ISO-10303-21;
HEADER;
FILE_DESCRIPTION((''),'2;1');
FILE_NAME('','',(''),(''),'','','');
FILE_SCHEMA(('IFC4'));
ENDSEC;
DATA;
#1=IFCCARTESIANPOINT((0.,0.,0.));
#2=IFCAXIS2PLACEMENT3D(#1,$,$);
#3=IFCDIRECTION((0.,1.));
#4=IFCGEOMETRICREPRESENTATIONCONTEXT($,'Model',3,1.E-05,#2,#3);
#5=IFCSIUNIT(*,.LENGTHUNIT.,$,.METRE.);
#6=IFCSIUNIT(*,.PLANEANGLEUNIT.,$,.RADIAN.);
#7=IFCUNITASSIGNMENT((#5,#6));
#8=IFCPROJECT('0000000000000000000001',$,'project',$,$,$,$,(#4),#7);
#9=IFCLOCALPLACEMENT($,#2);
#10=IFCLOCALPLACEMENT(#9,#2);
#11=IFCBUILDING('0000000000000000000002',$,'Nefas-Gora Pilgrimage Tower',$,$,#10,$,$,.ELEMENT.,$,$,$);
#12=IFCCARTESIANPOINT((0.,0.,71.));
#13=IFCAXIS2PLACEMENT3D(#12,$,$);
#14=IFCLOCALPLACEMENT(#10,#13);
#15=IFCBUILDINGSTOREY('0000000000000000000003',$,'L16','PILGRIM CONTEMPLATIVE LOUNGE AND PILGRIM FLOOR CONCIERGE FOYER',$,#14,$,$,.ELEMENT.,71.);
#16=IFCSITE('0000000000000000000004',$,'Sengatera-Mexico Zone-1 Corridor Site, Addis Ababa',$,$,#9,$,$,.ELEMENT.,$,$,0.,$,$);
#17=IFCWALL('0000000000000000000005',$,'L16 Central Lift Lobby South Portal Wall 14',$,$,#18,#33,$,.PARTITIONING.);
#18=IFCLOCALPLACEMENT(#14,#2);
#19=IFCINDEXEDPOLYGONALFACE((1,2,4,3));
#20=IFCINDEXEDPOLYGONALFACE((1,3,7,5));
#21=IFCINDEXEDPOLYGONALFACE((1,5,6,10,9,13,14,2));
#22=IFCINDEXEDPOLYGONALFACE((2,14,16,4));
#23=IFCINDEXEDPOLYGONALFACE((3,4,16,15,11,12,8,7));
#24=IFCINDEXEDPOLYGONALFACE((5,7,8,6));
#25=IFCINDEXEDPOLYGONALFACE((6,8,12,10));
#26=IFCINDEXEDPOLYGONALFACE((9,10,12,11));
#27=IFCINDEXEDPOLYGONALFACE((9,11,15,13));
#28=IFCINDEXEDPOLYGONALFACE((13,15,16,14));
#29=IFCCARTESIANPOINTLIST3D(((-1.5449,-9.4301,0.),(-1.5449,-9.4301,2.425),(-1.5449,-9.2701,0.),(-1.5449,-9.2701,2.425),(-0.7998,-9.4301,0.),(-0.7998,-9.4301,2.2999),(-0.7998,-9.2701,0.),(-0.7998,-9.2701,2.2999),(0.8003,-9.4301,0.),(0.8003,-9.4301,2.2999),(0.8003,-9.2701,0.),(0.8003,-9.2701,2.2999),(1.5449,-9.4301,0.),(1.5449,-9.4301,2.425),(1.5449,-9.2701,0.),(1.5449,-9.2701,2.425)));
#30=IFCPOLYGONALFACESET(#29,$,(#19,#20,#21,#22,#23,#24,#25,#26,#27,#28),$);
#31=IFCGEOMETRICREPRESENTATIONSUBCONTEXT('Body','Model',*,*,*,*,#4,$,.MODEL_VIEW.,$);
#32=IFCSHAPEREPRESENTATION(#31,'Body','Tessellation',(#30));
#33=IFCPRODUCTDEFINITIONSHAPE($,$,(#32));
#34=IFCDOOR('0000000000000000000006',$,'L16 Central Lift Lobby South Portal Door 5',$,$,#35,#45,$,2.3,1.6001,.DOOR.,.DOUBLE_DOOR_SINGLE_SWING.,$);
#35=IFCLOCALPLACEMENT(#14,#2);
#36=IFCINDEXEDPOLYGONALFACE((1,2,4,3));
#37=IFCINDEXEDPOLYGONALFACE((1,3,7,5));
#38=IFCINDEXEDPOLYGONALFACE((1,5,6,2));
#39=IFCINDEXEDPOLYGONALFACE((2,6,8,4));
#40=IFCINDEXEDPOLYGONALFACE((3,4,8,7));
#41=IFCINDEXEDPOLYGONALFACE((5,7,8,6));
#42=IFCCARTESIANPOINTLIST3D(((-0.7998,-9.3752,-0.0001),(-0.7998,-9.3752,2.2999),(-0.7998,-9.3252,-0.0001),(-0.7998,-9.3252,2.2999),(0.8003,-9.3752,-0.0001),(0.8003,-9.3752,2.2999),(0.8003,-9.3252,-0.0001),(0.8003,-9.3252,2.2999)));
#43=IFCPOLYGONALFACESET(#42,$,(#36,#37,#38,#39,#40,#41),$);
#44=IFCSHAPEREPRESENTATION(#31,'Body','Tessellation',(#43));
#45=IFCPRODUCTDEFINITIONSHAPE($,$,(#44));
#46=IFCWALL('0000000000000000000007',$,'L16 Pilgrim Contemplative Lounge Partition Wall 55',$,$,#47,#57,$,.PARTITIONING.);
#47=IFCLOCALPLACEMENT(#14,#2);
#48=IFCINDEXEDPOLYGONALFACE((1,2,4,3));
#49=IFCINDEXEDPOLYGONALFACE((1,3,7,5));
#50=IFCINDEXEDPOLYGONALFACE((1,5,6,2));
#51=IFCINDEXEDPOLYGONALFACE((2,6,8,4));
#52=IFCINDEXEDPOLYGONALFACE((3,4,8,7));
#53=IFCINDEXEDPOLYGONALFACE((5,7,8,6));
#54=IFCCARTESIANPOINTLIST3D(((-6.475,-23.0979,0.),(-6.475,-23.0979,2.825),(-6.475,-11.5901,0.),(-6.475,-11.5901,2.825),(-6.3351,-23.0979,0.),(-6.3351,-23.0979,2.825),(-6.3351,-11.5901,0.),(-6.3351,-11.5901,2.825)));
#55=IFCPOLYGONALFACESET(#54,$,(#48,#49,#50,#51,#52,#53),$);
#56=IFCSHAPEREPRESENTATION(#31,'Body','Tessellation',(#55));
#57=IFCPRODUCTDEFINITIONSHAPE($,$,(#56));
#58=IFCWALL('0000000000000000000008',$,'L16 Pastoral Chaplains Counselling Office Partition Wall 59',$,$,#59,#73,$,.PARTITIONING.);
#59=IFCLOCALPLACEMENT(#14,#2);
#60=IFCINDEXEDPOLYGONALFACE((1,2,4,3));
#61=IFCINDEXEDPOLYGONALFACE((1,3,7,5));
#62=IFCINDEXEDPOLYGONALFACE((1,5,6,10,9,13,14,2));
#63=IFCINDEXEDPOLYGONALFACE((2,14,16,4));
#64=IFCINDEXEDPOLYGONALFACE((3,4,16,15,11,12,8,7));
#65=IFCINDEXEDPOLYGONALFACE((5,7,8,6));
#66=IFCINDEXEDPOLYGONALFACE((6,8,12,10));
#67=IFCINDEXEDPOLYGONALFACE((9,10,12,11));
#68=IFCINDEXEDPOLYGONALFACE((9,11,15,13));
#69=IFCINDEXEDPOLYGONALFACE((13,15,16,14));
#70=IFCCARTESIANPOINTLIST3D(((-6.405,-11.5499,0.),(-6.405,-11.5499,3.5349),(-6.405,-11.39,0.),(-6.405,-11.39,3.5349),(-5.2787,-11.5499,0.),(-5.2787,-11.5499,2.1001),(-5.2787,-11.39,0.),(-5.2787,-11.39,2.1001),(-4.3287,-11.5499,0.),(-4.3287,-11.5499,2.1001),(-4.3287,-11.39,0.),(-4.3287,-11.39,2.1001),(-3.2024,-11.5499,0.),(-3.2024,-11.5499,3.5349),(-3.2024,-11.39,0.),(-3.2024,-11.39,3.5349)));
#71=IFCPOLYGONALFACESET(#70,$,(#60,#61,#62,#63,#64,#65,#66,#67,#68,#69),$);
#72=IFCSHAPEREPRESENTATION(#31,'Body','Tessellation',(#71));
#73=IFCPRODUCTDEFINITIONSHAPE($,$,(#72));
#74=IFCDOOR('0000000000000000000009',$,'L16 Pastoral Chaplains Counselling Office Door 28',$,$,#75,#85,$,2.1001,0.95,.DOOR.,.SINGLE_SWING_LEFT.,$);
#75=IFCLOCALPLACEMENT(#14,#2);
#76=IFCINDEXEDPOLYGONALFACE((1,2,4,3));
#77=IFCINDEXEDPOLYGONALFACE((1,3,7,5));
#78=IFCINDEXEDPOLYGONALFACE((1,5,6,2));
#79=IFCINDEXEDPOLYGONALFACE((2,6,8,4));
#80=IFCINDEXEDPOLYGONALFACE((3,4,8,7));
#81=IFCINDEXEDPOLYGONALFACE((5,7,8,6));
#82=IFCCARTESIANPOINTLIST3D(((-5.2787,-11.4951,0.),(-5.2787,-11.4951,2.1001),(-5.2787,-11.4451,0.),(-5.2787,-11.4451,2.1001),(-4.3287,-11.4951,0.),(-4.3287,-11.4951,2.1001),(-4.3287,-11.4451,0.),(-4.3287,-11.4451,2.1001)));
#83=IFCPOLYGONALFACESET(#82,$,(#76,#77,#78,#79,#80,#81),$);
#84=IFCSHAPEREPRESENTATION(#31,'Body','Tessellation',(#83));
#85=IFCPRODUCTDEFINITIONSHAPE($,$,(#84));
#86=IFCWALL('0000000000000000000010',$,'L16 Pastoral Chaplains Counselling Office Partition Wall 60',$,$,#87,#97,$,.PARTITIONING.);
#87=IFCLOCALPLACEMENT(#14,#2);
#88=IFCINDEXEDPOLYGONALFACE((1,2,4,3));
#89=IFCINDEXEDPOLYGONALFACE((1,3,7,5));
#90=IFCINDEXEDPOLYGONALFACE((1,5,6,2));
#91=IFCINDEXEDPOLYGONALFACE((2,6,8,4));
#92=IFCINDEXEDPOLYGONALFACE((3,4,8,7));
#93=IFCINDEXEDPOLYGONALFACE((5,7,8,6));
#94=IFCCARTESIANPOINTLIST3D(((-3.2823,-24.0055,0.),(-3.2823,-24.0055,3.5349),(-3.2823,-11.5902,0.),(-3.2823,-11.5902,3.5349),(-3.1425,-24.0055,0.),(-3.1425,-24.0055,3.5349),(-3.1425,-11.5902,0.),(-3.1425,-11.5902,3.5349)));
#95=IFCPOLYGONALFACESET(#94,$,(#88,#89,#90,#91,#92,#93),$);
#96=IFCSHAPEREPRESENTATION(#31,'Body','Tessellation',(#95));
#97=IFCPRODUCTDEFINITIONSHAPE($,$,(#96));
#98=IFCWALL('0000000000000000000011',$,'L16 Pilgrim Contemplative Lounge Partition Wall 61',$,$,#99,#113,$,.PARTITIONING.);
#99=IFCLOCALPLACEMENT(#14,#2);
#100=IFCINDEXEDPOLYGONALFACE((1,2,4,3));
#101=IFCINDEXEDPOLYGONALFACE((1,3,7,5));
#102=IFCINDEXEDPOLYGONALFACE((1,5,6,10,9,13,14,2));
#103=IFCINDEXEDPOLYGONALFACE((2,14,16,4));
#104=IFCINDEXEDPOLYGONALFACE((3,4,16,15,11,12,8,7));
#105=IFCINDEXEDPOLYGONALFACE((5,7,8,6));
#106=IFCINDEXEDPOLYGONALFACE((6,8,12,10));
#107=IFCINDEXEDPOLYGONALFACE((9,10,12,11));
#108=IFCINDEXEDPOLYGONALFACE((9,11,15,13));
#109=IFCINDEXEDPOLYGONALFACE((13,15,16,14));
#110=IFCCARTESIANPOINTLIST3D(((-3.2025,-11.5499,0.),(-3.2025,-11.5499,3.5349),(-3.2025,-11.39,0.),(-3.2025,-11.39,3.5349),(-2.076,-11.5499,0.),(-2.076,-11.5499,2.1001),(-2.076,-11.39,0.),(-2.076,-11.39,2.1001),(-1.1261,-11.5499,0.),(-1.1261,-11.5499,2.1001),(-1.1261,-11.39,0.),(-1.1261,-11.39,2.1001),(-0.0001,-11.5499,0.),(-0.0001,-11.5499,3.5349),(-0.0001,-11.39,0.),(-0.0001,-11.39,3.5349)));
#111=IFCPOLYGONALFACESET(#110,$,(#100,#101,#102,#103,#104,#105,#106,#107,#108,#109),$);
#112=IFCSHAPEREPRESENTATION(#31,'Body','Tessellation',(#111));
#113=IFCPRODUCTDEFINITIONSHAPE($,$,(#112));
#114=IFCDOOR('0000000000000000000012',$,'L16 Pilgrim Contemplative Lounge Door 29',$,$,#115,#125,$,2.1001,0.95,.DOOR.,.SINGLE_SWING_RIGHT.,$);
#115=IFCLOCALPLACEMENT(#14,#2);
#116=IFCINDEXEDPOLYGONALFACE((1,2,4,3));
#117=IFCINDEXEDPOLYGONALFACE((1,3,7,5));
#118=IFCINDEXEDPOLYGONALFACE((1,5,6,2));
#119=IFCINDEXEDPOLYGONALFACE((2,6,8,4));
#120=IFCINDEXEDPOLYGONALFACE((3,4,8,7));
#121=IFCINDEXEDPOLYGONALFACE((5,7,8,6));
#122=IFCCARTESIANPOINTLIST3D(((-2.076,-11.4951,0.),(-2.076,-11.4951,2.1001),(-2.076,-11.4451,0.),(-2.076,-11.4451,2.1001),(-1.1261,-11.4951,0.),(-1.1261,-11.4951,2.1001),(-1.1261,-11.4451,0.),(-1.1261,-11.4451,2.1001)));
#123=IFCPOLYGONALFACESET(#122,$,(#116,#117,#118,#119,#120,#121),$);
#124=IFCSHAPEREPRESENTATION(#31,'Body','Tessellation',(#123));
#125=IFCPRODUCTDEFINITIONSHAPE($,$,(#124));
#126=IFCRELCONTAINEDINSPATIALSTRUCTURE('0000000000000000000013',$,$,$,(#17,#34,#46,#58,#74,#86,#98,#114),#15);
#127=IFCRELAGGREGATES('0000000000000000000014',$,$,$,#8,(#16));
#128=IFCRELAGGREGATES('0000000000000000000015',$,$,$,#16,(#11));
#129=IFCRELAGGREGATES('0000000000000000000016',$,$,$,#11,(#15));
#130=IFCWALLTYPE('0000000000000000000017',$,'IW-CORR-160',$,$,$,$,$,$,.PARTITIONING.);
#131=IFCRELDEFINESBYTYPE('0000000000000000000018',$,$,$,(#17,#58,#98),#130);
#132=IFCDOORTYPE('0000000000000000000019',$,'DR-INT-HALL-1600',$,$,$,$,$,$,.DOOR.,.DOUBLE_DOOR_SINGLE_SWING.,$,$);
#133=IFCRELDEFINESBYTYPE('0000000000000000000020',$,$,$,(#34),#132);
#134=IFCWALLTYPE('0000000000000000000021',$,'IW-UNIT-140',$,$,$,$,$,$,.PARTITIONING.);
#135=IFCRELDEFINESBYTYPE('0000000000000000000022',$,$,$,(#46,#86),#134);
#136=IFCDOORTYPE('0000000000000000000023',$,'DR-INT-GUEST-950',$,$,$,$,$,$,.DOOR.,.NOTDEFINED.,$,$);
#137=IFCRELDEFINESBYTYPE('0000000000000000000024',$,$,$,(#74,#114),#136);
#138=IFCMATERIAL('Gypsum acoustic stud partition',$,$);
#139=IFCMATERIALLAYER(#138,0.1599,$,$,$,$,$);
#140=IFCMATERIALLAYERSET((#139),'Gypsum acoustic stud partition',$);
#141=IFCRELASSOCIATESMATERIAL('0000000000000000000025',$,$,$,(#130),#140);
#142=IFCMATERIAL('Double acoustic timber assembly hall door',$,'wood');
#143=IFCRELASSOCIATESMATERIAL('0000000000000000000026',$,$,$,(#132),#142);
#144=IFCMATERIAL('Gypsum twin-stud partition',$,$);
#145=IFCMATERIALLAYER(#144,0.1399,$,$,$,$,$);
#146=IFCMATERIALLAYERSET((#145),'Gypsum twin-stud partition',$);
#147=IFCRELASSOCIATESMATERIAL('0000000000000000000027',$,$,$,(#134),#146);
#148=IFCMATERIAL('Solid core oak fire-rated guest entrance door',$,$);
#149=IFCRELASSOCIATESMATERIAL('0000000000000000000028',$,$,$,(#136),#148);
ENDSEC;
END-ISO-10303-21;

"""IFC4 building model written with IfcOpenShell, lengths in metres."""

from ifc_helpers import new_model, si_unit, direction, frame, frame_2d, origin, place, context, subcontext, project, spatial, rectangle, extrude, source, transform, mapped, material, layer, layer_set, type_object, element, fill, save


model = new_model("IFC4")

# Units and contexts
model_context = context("Model", 3, precision=1e-05, world=origin(), true_north=direction((0.0, 1.0)))
body_context = subcontext(model_context, "Body", "Model", "MODEL_VIEW")
ifc_project = project(units=[si_unit("LENGTHUNIT", "METRE"), si_unit("PLANEANGLEUNIT", "RADIAN")], contexts=[model_context])

# Site, building, storey
site_placement = place(None, origin())
site = spatial("IfcSite", under=ifc_project, at=site_placement, Name="Sengatera-Mexico Zone-1 Corridor Site, Addis Ababa", CompositionType="ELEMENT", RefElevation=0.0)
building_placement = place(site_placement, origin())
building = spatial("IfcBuilding", under=site, at=building_placement, Name="Nefas-Gora Pilgrimage Tower", CompositionType="ELEMENT")
storey_placement = place(building_placement, frame((0.0, 0.0, 71.0)))
storey = spatial("IfcBuildingStorey", under=building, at=storey_placement, Name="L16", Description="PILGRIM CONTEMPLATIVE LOUNGE AND PILGRIM FLOOR CONCIERGE FOYER", CompositionType="ELEMENT", Elevation=71.0)

# Wall, opening, door
ifc_material_1 = material(Name="Gypsum acoustic stud partition")
ifc_layer_1 = layer(ifc_material_1, 0.1599)
ifc_layer_set_1 = layer_set([ifc_layer_1], Name="Gypsum acoustic stud partition")
wall_type_1 = type_object("IfcWallType", Name="IW-CORR-160", PredefinedType="PARTITIONING", material=ifc_layer_set_1)
shared_shape_1 = source(origin(), body_context, "Body", "SweptSolid", [
    extrude(rectangle(XDim=3.0898, YDim=0.1599, at=frame_2d((1.5449, 0.0))), origin(), (0.0, 0.0, 1.0), 2.425),
])
wall_1_placement = place(storey_placement, frame((-1.5449, -9.3501, 0.0), z_axis=(0.0, 0.0, 1.0), x_axis=(1.0, 0.0, 0.0)))
wall_1 = element("IfcWall", 1, at=wall_1_placement, inside=storey, type_object=wall_type_1, Name="L16 Central Lift Lobby South Portal Wall 14", PredefinedType="PARTITIONING", context=body_context, shape_type="MappedRepresentation", body=[
    mapped(shared_shape_1, transform((0.0, 0.0, 0.0), x_axis=(1.0, 0.0, 0.0), y_axis=(0.0, 1.0, 0.0), z_axis=(0.0, 0.0, 1.0), scale=1.0)),
])
opening_1_placement = place(wall_1_placement, frame((0.7451, 0.0, 0.0)))
opening_1 = element("IfcOpeningElement", 2, at=opening_1_placement, cuts=wall_1, PredefinedType="OPENING", context=body_context, shape_type="SweptSolid", body=[
    extrude(rectangle(XDim=1.6001, YDim=2.3, at=frame_2d((0.8, 1.1499))), frame((0.0, 0.0898, 0.0), z_axis=(0.0, -1.0, 0.0), x_axis=(1.0, 0.0, 0.0)), (0.0, 0.0, 1.0), 0.1799),
])
ifc_material_2 = material(Name="Double acoustic timber assembly hall door", Category="wood")
door_type_1 = type_object("IfcDoorType", Name="DR-INT-HALL-1600", OperationType="DOUBLE_DOOR_SINGLE_SWING", PredefinedType="DOOR", material=ifc_material_2)
shared_shape_2 = source(origin(), body_context, "Body", "SweptSolid", [
    extrude(rectangle(XDim=1.6001, YDim=2.3, at=frame_2d((0.8, 1.1499))), frame((0.0, 0.0249, 0.0), z_axis=(0.0, -1.0, 0.0), x_axis=(1.0, 0.0, 0.0)), (0.0, 0.0, 1.0), 0.05),
])
door_1_placement = place(opening_1_placement, origin())
door_1 = element("IfcDoor", 3, at=door_1_placement, inside=storey, type_object=door_type_1, Name="L16 Central Lift Lobby South Portal Door 5", OperationType="DOUBLE_DOOR_SINGLE_SWING", OverallHeight=2.3, OverallWidth=1.6001, PredefinedType="DOOR", context=body_context, shape_type="MappedRepresentation", body=[
    mapped(shared_shape_2, transform((0.0, 0.0, 0.0), x_axis=(1.0, 0.0, 0.0), y_axis=(0.0, 1.0, 0.0), z_axis=(0.0, 0.0, 1.0), scale=1.0)),
])
fill(opening_1, door_1)

# Wall
ifc_material_3 = material(Name="Gypsum twin-stud partition")
ifc_layer_2 = layer(ifc_material_3, 0.1399)
ifc_layer_set_2 = layer_set([ifc_layer_2], Name="Gypsum twin-stud partition")
wall_type_2 = type_object("IfcWallType", Name="IW-UNIT-140", PredefinedType="PARTITIONING", material=ifc_layer_set_2)
shared_shape_3 = source(origin(), body_context, "Body", "SweptSolid", [
    extrude(rectangle(XDim=11.5078, YDim=0.1399, at=frame_2d((5.7539, 0.0))), origin(), (0.0, 0.0, 1.0), 2.825),
])
wall_2_placement = place(storey_placement, frame((-6.405, -23.0979, 0.0), z_axis=(0.0, 0.0, 1.0), x_axis=(0.0, 1.0, 0.0)))
element("IfcWall", 4, at=wall_2_placement, inside=storey, type_object=wall_type_2, Name="L16 Pilgrim Contemplative Lounge Partition Wall 55", PredefinedType="PARTITIONING", context=body_context, shape_type="MappedRepresentation", body=[
    mapped(shared_shape_3, transform((0.0, 0.0, 0.0), x_axis=(1.0, 0.0, 0.0), y_axis=(0.0, 1.0, 0.0), z_axis=(0.0, 0.0, 1.0), scale=1.0)),
])

# Wall, opening, door
shared_shape_4 = source(origin(), body_context, "Body", "SweptSolid", [
    extrude(rectangle(XDim=3.2026, YDim=0.1599, at=frame_2d((1.6013, 0.0))), origin(), (0.0, 0.0, 1.0), 3.5349),
])
wall_3_placement = place(storey_placement, frame((-6.405, -11.47, 0.0), z_axis=(0.0, 0.0, 1.0), x_axis=(1.0, 0.0, 0.0)))
wall_3 = element("IfcWall", 5, at=wall_3_placement, inside=storey, type_object=wall_type_1, Name="L16 Pastoral Chaplains Counselling Office Partition Wall 59", PredefinedType="PARTITIONING", context=body_context, shape_type="MappedRepresentation", body=[
    mapped(shared_shape_4, transform((0.0, 0.0, 0.0), x_axis=(1.0, 0.0, 0.0), y_axis=(0.0, 1.0, 0.0), z_axis=(0.0, 0.0, 1.0), scale=1.0)),
])
opening_2_placement = place(wall_3_placement, frame((1.1262, 0.0, 0.0)))
opening_2 = element("IfcOpeningElement", 6, at=opening_2_placement, cuts=wall_3, PredefinedType="OPENING", context=body_context, shape_type="SweptSolid", body=[
    extrude(rectangle(XDim=0.95, YDim=2.1001, at=frame_2d((0.4751, 1.05))), frame((0.0, 0.0898, 0.0), z_axis=(0.0, -1.0, 0.0), x_axis=(1.0, 0.0, 0.0)), (0.0, 0.0, 1.0), 0.1799),
])
ifc_material_4 = material(Name="Solid core oak fire-rated guest entrance door")
door_type_2 = type_object("IfcDoorType", Name="DR-INT-GUEST-950", OperationType="NOTDEFINED", PredefinedType="DOOR", material=ifc_material_4)
shared_shape_5 = source(origin(), body_context, "Body", "SweptSolid", [
    extrude(rectangle(XDim=0.95, YDim=2.1001, at=frame_2d((0.4751, 1.05))), frame((0.0, 0.0249, 0.0), z_axis=(0.0, -1.0, 0.0), x_axis=(1.0, 0.0, 0.0)), (0.0, 0.0, 1.0), 0.05),
])
door_2_placement = place(opening_2_placement, origin())
door_2 = element("IfcDoor", 7, at=door_2_placement, inside=storey, type_object=door_type_2, Name="L16 Pastoral Chaplains Counselling Office Door 28", OperationType="SINGLE_SWING_LEFT", OverallHeight=2.1001, OverallWidth=0.95, PredefinedType="DOOR", context=body_context, shape_type="MappedRepresentation", body=[
    mapped(shared_shape_5, transform((0.0, 0.0, 0.0), x_axis=(1.0, 0.0, 0.0), y_axis=(0.0, 1.0, 0.0), z_axis=(0.0, 0.0, 1.0), scale=1.0)),
])
fill(opening_2, door_2)

# Wall
shared_shape_6 = source(origin(), body_context, "Body", "SweptSolid", [
    extrude(rectangle(XDim=12.4153, YDim=0.1399, at=frame_2d((6.2075, 0.0))), origin(), (0.0, 0.0, 1.0), 3.5349),
])
wall_4_placement = place(storey_placement, frame((-3.2124, -24.0054, 0.0), z_axis=(0.0, 0.0, 1.0), x_axis=(0.0, 1.0, 0.0)))
element("IfcWall", 8, at=wall_4_placement, inside=storey, type_object=wall_type_2, Name="L16 Pastoral Chaplains Counselling Office Partition Wall 60", PredefinedType="PARTITIONING", context=body_context, shape_type="MappedRepresentation", body=[
    mapped(shared_shape_6, transform((0.0, 0.0, 0.0), x_axis=(1.0, 0.0, 0.0), y_axis=(0.0, 1.0, 0.0), z_axis=(0.0, 0.0, 1.0), scale=1.0)),
])

# Wall, opening, door
shared_shape_7 = source(origin(), body_context, "Body", "SweptSolid", [
    extrude(rectangle(XDim=3.2024, YDim=0.1599, at=frame_2d((1.6011, 0.0))), origin(), (0.0, 0.0, 1.0), 3.5349),
])
wall_5_placement = place(storey_placement, frame((-3.2024, -11.47, 0.0), z_axis=(0.0, 0.0, 1.0), x_axis=(1.0, 0.0, 0.0)))
wall_5 = element("IfcWall", 9, at=wall_5_placement, inside=storey, type_object=wall_type_1, Name="L16 Pilgrim Contemplative Lounge Partition Wall 61", PredefinedType="PARTITIONING", context=body_context, shape_type="MappedRepresentation", body=[
    mapped(shared_shape_7, transform((0.0, 0.0, 0.0), x_axis=(1.0, 0.0, 0.0), y_axis=(0.0, 1.0, 0.0), z_axis=(0.0, 0.0, 1.0), scale=1.0)),
])
opening_3_placement = place(wall_5_placement, frame((1.1262, 0.0, 0.0)))
opening_3 = element("IfcOpeningElement", 10, at=opening_3_placement, cuts=wall_5, PredefinedType="OPENING", context=body_context, shape_type="SweptSolid", body=[
    extrude(rectangle(XDim=0.95, YDim=2.1001, at=frame_2d((0.4751, 1.05))), frame((0.0, 0.0898, 0.0), z_axis=(0.0, -1.0, 0.0), x_axis=(1.0, 0.0, 0.0)), (0.0, 0.0, 1.0), 0.1799),
])
door_3_placement = place(opening_3_placement, origin())
door_3 = element("IfcDoor", 11, at=door_3_placement, inside=storey, type_object=door_type_2, Name="L16 Pilgrim Contemplative Lounge Door 29", OperationType="SINGLE_SWING_RIGHT", OverallHeight=2.1001, OverallWidth=0.95, PredefinedType="DOOR", context=body_context, shape_type="MappedRepresentation", body=[
    mapped(shared_shape_5, transform((0.0, 0.0, 0.0), x_axis=(1.0, 0.0, 0.0), y_axis=(0.0, 1.0, 0.0), z_axis=(0.0, 0.0, 1.0), scale=1.0)),
])
fill(opening_3, door_3)

save(model, "model.ifc")
